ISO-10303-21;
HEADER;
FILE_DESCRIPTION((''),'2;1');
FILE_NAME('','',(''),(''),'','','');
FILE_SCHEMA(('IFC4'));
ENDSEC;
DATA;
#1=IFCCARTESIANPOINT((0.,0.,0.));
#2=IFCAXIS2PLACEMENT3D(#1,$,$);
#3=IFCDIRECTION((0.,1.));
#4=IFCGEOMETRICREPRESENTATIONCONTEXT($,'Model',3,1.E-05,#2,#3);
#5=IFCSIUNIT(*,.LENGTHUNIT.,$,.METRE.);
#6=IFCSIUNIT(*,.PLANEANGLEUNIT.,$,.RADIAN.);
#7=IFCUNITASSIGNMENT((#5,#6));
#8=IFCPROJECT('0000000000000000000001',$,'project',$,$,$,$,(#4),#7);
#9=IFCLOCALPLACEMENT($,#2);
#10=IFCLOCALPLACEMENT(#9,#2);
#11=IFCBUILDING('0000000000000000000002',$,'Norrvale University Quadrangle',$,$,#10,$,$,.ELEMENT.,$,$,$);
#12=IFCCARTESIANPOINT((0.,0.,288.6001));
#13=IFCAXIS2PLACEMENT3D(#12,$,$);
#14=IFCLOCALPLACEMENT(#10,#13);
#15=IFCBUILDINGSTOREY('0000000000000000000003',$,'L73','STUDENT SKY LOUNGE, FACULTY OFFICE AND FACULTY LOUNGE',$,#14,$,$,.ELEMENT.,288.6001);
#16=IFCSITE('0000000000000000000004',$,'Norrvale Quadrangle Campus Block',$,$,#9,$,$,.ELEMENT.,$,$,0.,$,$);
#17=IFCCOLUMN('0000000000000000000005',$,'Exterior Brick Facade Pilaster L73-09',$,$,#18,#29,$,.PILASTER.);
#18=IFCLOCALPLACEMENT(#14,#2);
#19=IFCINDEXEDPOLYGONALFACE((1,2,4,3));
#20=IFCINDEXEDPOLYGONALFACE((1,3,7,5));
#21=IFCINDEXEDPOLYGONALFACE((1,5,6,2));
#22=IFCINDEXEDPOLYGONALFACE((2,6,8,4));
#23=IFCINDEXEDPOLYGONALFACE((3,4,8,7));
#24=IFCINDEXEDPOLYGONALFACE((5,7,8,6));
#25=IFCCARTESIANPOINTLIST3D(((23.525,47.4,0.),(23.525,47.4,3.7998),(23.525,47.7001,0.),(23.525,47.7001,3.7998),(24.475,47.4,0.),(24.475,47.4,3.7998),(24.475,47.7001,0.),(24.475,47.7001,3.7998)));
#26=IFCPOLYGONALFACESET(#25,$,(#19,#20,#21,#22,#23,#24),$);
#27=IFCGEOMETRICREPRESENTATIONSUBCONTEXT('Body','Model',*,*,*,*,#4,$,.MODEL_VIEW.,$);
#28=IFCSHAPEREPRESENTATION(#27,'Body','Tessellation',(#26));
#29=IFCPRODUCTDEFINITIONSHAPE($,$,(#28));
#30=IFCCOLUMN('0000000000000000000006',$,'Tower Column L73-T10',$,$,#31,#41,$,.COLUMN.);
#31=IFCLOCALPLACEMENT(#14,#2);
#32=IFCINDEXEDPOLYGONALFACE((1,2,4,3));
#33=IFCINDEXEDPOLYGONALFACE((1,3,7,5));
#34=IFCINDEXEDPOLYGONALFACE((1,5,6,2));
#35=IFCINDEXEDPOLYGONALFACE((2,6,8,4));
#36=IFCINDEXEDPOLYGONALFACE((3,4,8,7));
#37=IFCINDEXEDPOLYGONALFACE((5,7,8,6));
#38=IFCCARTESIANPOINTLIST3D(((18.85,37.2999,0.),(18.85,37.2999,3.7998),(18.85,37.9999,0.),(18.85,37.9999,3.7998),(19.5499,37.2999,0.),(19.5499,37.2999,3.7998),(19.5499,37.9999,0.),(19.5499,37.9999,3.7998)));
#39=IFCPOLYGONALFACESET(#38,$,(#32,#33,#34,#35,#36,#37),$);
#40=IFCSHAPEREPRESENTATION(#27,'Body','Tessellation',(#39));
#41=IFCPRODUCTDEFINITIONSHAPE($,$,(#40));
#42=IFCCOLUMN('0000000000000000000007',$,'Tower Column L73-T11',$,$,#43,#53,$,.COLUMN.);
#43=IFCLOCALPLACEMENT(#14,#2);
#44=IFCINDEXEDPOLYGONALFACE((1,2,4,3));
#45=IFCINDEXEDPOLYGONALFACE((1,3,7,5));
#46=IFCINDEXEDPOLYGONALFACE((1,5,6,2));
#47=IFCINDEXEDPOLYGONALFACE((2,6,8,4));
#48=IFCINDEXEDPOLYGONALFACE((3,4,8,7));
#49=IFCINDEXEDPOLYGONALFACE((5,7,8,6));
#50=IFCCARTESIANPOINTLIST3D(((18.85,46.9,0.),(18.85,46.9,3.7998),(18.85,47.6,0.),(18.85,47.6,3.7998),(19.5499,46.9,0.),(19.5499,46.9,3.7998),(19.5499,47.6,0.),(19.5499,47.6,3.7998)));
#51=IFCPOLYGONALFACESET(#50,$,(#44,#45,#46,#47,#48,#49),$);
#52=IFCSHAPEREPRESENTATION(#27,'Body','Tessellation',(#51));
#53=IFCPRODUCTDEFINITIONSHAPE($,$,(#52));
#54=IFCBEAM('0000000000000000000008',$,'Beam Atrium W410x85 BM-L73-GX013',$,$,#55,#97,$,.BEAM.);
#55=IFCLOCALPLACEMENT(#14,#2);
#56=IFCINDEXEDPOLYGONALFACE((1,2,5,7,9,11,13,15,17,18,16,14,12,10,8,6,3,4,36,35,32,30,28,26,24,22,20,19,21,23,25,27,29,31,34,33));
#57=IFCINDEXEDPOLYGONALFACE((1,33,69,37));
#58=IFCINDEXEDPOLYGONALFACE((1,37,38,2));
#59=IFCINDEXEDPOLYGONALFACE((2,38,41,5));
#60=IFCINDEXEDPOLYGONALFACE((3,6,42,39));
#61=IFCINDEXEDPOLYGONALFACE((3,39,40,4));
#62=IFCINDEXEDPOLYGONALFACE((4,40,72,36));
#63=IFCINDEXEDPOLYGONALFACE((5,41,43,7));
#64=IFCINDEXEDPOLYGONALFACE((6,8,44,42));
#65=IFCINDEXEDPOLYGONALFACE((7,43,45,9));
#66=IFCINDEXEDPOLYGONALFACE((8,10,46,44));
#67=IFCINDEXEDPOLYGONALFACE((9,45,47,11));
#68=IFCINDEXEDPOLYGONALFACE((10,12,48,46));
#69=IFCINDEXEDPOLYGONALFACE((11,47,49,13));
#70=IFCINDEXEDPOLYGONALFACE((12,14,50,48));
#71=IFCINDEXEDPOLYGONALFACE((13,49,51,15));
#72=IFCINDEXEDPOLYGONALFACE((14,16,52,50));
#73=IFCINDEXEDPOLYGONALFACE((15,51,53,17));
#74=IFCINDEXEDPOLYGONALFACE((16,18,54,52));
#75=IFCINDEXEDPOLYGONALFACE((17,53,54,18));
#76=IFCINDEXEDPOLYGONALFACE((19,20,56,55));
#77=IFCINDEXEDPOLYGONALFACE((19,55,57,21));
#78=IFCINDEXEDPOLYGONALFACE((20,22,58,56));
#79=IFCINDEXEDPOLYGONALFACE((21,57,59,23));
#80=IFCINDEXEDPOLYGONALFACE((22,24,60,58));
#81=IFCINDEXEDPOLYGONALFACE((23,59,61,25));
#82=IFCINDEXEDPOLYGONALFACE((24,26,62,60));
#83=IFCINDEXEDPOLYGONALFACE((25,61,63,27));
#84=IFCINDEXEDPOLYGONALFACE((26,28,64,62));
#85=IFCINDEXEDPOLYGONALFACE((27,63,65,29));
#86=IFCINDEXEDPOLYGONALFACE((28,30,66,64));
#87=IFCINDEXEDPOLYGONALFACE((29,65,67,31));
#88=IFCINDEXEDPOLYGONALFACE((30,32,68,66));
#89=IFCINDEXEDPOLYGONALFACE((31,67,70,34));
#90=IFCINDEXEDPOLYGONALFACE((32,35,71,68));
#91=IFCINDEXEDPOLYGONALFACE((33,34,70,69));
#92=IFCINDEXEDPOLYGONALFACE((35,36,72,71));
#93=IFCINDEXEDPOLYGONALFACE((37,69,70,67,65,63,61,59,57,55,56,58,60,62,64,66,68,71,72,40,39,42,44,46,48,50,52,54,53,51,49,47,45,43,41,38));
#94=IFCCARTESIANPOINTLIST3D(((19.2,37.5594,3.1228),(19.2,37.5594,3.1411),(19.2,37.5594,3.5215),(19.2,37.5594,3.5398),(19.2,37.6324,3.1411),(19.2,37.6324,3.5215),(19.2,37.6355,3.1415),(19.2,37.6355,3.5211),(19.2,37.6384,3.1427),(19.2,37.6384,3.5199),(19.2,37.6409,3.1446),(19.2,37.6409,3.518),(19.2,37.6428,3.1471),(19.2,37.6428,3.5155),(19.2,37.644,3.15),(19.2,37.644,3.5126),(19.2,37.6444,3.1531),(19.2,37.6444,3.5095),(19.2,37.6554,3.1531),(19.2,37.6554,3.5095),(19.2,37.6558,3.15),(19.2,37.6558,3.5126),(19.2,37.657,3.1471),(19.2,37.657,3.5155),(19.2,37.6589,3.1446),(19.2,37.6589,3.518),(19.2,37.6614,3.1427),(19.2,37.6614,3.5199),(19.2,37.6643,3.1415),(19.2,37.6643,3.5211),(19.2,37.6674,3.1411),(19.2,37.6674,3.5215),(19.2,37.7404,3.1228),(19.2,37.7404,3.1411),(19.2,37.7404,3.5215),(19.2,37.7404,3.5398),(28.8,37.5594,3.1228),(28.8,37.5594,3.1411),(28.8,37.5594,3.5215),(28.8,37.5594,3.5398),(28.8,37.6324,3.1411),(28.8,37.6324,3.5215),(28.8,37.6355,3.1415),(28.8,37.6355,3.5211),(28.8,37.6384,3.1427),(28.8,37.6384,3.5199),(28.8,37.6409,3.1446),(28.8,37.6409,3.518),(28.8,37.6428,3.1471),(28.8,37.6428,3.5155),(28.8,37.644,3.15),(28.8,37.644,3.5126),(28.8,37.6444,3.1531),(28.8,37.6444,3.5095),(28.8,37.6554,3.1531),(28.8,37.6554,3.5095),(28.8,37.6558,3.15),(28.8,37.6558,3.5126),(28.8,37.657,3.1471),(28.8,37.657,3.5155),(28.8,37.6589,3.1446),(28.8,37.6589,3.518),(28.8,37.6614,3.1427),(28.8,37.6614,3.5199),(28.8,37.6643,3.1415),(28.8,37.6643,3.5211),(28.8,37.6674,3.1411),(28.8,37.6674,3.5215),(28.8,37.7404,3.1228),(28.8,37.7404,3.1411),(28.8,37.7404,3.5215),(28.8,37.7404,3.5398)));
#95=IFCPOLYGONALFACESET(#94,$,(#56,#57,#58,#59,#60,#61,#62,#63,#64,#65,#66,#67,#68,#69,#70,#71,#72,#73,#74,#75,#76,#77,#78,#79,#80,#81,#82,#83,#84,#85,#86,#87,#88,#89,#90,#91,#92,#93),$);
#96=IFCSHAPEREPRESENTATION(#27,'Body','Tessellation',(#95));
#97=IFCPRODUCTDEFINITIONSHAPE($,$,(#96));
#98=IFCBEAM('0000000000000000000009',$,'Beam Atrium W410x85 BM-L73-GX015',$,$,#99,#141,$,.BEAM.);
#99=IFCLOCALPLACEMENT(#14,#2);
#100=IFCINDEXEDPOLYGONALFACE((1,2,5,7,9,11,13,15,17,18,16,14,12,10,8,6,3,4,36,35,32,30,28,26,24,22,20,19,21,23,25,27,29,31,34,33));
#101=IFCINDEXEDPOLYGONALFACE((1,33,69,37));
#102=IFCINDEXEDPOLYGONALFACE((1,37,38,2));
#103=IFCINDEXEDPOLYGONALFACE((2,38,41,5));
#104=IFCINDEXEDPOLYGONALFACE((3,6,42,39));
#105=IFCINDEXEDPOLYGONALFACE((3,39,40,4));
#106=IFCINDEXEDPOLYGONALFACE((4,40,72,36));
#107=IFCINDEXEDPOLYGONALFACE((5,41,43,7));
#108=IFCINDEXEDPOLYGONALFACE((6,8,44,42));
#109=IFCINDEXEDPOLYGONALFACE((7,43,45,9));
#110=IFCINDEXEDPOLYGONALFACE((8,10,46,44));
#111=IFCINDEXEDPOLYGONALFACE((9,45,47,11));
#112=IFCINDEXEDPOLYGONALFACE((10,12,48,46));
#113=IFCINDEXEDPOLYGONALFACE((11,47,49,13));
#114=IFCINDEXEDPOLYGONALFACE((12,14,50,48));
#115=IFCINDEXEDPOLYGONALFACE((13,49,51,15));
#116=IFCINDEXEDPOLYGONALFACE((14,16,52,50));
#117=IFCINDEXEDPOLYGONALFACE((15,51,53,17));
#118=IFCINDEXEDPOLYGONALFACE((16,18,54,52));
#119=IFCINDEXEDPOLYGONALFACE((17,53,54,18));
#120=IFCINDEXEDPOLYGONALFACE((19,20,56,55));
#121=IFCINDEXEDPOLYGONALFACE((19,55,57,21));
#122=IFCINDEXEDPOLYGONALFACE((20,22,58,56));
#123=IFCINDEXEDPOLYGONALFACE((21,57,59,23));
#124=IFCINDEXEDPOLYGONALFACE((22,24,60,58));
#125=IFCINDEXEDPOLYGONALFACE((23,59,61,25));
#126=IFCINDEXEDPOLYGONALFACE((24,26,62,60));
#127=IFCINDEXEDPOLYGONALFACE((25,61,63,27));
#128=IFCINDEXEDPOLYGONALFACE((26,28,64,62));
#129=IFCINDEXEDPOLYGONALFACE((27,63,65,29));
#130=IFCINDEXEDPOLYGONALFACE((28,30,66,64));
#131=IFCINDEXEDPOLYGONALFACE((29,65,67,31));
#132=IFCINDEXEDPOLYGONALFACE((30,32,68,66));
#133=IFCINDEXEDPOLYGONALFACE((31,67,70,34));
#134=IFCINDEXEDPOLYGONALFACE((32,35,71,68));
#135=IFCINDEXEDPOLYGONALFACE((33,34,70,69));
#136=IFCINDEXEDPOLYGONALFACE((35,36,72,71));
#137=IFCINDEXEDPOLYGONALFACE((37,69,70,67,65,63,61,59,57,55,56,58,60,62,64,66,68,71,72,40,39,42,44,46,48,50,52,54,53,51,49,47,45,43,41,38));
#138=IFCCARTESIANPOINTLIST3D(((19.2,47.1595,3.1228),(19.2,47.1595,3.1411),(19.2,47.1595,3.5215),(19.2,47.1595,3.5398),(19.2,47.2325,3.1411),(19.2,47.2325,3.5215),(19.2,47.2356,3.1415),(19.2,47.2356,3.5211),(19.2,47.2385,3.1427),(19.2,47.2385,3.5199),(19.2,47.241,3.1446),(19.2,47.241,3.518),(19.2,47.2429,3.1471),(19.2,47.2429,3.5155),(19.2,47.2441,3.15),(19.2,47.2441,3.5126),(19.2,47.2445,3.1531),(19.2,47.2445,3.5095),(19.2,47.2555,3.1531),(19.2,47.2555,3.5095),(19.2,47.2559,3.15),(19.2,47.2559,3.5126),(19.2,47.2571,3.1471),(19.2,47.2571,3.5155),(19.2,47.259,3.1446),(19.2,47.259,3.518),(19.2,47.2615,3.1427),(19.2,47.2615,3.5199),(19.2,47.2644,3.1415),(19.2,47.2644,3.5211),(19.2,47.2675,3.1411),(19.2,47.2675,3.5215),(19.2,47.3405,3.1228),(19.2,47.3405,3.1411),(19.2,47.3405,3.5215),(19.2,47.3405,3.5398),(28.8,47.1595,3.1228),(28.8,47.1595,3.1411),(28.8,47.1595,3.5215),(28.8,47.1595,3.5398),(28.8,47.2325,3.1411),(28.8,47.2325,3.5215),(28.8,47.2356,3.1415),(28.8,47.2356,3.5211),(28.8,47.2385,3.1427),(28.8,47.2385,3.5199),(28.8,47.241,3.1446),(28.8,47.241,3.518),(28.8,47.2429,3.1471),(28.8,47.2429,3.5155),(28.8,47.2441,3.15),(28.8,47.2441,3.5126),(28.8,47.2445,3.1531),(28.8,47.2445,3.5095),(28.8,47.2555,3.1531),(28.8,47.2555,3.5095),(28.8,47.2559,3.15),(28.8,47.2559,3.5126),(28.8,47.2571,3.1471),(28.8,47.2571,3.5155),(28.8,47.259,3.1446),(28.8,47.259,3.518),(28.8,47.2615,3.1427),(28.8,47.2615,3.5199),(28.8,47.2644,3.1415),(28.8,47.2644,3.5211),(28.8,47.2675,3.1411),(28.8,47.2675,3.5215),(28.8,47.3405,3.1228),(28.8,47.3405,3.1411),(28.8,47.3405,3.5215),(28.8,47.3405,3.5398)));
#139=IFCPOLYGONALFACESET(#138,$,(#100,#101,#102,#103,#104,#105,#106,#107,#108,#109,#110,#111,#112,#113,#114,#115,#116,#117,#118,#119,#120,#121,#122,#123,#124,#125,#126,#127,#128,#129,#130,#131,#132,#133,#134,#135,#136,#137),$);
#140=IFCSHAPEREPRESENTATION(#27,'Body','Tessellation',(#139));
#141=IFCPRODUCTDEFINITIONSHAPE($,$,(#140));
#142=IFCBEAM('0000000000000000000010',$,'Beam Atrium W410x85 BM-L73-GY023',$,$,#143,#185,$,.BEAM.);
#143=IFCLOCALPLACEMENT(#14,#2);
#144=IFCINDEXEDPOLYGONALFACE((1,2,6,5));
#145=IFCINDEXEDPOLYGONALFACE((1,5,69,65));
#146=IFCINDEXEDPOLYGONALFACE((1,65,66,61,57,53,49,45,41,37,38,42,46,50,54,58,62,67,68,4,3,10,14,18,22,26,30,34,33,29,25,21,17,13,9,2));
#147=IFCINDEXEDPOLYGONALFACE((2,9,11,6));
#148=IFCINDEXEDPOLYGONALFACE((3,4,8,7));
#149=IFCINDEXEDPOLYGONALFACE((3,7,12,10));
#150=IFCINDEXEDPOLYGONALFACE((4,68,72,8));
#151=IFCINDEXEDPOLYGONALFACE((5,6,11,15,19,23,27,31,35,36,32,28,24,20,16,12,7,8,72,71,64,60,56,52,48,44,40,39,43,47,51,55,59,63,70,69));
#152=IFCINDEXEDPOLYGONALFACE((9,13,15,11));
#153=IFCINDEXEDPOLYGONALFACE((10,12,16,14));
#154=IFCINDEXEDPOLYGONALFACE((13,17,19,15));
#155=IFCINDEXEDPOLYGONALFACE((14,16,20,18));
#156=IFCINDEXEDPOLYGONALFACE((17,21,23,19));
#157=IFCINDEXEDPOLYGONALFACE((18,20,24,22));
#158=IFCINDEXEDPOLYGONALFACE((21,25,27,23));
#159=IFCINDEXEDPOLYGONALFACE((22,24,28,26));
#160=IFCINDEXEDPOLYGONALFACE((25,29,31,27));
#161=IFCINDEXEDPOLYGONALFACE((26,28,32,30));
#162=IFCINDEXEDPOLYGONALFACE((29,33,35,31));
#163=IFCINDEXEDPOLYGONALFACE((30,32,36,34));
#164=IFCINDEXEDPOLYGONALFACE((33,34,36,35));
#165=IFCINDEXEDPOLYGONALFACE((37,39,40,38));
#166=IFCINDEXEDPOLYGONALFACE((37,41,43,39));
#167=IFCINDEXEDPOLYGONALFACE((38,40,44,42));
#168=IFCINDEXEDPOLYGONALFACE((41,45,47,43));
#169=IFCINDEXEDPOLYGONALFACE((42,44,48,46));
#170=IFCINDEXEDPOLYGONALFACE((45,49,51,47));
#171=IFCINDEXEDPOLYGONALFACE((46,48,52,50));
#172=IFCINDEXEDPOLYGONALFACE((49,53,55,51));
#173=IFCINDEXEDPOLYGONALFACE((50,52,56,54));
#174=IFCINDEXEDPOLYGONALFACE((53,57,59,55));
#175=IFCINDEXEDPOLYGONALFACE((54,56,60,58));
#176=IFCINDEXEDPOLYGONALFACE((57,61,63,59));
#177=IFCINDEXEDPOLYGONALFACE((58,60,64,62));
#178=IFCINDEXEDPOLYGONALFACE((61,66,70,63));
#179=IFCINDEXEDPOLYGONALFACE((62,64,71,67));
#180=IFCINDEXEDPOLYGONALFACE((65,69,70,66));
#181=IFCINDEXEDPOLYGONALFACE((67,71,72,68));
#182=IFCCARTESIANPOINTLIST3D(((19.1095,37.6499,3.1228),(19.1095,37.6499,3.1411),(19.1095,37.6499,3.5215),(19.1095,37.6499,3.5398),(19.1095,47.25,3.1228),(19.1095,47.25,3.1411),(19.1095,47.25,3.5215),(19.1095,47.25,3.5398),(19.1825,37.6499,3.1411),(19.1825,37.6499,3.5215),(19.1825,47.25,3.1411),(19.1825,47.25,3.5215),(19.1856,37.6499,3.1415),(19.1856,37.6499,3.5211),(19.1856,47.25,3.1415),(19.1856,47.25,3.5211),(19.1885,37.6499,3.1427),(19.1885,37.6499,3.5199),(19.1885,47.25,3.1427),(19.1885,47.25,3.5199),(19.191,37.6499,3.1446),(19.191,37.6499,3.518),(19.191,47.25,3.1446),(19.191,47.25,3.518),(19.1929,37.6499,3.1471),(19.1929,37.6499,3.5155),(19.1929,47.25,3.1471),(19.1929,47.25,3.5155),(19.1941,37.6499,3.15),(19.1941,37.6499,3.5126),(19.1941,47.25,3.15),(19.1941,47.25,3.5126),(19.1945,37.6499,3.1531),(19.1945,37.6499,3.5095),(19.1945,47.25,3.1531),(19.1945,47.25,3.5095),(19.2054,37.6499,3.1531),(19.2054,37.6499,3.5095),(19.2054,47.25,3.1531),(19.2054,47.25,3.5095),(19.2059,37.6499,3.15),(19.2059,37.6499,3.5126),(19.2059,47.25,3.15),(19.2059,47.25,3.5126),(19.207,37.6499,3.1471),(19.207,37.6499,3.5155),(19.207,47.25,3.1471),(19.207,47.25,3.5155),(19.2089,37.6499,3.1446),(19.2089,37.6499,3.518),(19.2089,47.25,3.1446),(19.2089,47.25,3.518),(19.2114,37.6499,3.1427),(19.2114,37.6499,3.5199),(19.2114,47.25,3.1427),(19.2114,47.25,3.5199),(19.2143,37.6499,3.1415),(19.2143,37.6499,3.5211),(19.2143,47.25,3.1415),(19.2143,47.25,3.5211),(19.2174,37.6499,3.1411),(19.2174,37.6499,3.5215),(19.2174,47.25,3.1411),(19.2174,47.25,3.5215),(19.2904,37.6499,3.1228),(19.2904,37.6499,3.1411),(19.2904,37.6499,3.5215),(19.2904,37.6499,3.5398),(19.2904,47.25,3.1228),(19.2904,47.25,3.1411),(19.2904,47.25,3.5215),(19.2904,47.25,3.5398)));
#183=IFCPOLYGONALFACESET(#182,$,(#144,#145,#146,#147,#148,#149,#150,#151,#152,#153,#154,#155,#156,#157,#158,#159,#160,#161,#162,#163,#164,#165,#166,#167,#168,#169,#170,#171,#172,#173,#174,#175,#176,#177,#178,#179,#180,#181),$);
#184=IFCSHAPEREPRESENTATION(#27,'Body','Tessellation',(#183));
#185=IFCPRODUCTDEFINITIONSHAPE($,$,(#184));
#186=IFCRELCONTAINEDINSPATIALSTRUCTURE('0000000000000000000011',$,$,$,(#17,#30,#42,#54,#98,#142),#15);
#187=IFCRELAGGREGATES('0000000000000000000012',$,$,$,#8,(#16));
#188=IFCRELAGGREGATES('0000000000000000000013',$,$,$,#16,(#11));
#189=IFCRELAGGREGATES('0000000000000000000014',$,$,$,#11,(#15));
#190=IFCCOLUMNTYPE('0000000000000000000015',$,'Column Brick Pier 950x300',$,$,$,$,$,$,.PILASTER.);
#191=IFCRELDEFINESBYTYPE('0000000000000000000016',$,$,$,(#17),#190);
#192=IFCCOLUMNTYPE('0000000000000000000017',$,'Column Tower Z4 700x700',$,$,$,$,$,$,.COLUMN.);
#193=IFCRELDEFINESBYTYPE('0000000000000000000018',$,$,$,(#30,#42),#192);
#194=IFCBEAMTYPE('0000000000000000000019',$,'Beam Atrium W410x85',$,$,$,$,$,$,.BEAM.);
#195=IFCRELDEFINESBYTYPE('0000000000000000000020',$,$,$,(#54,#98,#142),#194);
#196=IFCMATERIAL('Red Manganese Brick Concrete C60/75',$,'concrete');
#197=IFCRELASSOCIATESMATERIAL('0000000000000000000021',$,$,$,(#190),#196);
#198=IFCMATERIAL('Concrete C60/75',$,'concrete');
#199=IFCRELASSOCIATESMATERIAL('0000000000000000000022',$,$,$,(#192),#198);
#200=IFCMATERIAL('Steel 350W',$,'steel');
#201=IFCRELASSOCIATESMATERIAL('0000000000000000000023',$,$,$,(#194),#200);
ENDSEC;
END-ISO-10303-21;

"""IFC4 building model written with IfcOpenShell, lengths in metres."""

from ifc_helpers import new_model, si_unit, direction, frame, origin, origin_2d, place, context, subcontext, project, spatial, rectangle, i_section, extrude, material, material_profile, profile_set, type_object, element, save


model = new_model("IFC4")

# Units and contexts
model_context = context("Model", 3, precision=1e-05, world=origin(), true_north=direction((0.0, 1.0)))
body_context = subcontext(model_context, "Body", "Model", "MODEL_VIEW")
ifc_project = project(units=[si_unit("LENGTHUNIT", "METRE"), si_unit("PLANEANGLEUNIT", "RADIAN")], contexts=[model_context])

# Site, building, storey
site_placement = place(None, origin())
site = spatial("IfcSite", under=ifc_project, at=site_placement, Name="Norrvale Quadrangle Campus Block", CompositionType="ELEMENT", RefElevation=0.0)
building_placement = place(site_placement, origin())
building = spatial("IfcBuilding", under=site, at=building_placement, Name="Norrvale University Quadrangle", CompositionType="ELEMENT")
storey_placement = place(building_placement, frame((0.0, 0.0, 288.6001)))
storey = spatial("IfcBuildingStorey", under=building, at=storey_placement, Name="L73", Description="STUDENT SKY LOUNGE, FACULTY OFFICE AND FACULTY LOUNGE", CompositionType="ELEMENT", Elevation=288.6001)

# Columns
ifc_material_1 = material(Name="Red Manganese Brick Concrete C60/75", Category="concrete")
ifc_material_profile_1 = material_profile(ifc_material_1, rectangle(XDim=0.95, YDim=0.3, at=origin_2d()), Name="Red Manganese Brick Concrete C60/75")
ifc_profile_set_1 = profile_set([ifc_material_profile_1], Name="Red Manganese Brick Concrete C60/75")
column_type_1 = type_object("IfcColumnType", Name="Column Brick Pier 950x300", PredefinedType="PILASTER", material=ifc_profile_set_1)
column_placement = place(storey_placement, frame((24.0, 47.55, 0.0), z_axis=(0.0, 0.0, 1.0), x_axis=(1.0, 0.0, 0.0)))
element("IfcColumn", 1, at=column_placement, inside=storey, type_object=column_type_1, Name="Exterior Brick Facade Pilaster L73-09", PredefinedType="PILASTER", context=body_context, shape_type="SweptSolid", body=[
    extrude(rectangle(XDim=0.95, YDim=0.3, at=origin_2d()), origin(), (0.0, 0.0, 1.0), 3.7998),
])
ifc_material_2 = material(Name="Concrete C60/75", Category="concrete")
ifc_material_profile_2 = material_profile(ifc_material_2, rectangle(XDim=0.7, YDim=0.7, at=origin_2d()), Name="Concrete C60/75")
ifc_profile_set_2 = profile_set([ifc_material_profile_2], Name="Concrete C60/75")
column_type_2 = type_object("IfcColumnType", Name="Column Tower Z4 700x700", PredefinedType="COLUMN", material=ifc_profile_set_2)
for number, where, z_axis, x_axis, name in (
    (2, (19.2, 37.6499, 0.0), (0.0, 0.0, 1.0), (1.0, 0.0, 0.0), "Tower Column L73-T10"),
    (3, (19.2, 47.25, 0.0), (0.0, 0.0, 1.0), (1.0, 0.0, 0.0), "Tower Column L73-T11"),
):
    element("IfcColumn", number, at=place(storey_placement, frame(where, z_axis=z_axis, x_axis=x_axis)), inside=storey, type_object=column_type_2, Name=name, PredefinedType="COLUMN", context=body_context, shape_type="SweptSolid", body=[
        extrude(rectangle(XDim=0.7, YDim=0.7, at=origin_2d()), origin(), (0.0, 0.0, 1.0), 3.7998),
    ])

# Beams
ifc_material_3 = material(Name="Steel 350W", Category="steel")
ifc_material_profile_3 = material_profile(ifc_material_3, i_section(OverallWidth=0.1809, OverallDepth=0.417, WebThickness=0.011, FlangeThickness=0.0183, FilletRadius=0.012, at=origin_2d()), Name="Steel 350W")
ifc_profile_set_3 = profile_set([ifc_material_profile_3], Name="Steel 350W")
beam_type_1 = type_object("IfcBeamType", Name="Beam Atrium W410x85", PredefinedType="BEAM", material=ifc_profile_set_3)
for number, where, z_axis, x_axis, name in (
    (4, (19.2, 37.6499, 3.3313), (1.0, 0.0, 0.0), (0.0, 1.0, 0.0), "Beam Atrium W410x85 BM-L73-GX013"),
    (5, (19.2, 47.25, 3.3313), (1.0, 0.0, 0.0), (0.0, 1.0, 0.0), "Beam Atrium W410x85 BM-L73-GX015"),
    (6, (19.2, 37.6499, 3.3313), (0.0, 1.0, 0.0), (-1.0, 0.0, 0.0), "Beam Atrium W410x85 BM-L73-GY023"),
):
    element("IfcBeam", number, at=place(storey_placement, frame(where, z_axis=z_axis, x_axis=x_axis)), inside=storey, type_object=beam_type_1, Name=name, PredefinedType="BEAM", context=body_context, shape_type="SweptSolid", body=[
        extrude(i_section(OverallWidth=0.1809, OverallDepth=0.417, WebThickness=0.011, FlangeThickness=0.0183, FilletRadius=0.012, at=origin_2d()), origin(), (0.0, 0.0, 1.0), 9.6001),
    ])

save(model, "model.ifc")
